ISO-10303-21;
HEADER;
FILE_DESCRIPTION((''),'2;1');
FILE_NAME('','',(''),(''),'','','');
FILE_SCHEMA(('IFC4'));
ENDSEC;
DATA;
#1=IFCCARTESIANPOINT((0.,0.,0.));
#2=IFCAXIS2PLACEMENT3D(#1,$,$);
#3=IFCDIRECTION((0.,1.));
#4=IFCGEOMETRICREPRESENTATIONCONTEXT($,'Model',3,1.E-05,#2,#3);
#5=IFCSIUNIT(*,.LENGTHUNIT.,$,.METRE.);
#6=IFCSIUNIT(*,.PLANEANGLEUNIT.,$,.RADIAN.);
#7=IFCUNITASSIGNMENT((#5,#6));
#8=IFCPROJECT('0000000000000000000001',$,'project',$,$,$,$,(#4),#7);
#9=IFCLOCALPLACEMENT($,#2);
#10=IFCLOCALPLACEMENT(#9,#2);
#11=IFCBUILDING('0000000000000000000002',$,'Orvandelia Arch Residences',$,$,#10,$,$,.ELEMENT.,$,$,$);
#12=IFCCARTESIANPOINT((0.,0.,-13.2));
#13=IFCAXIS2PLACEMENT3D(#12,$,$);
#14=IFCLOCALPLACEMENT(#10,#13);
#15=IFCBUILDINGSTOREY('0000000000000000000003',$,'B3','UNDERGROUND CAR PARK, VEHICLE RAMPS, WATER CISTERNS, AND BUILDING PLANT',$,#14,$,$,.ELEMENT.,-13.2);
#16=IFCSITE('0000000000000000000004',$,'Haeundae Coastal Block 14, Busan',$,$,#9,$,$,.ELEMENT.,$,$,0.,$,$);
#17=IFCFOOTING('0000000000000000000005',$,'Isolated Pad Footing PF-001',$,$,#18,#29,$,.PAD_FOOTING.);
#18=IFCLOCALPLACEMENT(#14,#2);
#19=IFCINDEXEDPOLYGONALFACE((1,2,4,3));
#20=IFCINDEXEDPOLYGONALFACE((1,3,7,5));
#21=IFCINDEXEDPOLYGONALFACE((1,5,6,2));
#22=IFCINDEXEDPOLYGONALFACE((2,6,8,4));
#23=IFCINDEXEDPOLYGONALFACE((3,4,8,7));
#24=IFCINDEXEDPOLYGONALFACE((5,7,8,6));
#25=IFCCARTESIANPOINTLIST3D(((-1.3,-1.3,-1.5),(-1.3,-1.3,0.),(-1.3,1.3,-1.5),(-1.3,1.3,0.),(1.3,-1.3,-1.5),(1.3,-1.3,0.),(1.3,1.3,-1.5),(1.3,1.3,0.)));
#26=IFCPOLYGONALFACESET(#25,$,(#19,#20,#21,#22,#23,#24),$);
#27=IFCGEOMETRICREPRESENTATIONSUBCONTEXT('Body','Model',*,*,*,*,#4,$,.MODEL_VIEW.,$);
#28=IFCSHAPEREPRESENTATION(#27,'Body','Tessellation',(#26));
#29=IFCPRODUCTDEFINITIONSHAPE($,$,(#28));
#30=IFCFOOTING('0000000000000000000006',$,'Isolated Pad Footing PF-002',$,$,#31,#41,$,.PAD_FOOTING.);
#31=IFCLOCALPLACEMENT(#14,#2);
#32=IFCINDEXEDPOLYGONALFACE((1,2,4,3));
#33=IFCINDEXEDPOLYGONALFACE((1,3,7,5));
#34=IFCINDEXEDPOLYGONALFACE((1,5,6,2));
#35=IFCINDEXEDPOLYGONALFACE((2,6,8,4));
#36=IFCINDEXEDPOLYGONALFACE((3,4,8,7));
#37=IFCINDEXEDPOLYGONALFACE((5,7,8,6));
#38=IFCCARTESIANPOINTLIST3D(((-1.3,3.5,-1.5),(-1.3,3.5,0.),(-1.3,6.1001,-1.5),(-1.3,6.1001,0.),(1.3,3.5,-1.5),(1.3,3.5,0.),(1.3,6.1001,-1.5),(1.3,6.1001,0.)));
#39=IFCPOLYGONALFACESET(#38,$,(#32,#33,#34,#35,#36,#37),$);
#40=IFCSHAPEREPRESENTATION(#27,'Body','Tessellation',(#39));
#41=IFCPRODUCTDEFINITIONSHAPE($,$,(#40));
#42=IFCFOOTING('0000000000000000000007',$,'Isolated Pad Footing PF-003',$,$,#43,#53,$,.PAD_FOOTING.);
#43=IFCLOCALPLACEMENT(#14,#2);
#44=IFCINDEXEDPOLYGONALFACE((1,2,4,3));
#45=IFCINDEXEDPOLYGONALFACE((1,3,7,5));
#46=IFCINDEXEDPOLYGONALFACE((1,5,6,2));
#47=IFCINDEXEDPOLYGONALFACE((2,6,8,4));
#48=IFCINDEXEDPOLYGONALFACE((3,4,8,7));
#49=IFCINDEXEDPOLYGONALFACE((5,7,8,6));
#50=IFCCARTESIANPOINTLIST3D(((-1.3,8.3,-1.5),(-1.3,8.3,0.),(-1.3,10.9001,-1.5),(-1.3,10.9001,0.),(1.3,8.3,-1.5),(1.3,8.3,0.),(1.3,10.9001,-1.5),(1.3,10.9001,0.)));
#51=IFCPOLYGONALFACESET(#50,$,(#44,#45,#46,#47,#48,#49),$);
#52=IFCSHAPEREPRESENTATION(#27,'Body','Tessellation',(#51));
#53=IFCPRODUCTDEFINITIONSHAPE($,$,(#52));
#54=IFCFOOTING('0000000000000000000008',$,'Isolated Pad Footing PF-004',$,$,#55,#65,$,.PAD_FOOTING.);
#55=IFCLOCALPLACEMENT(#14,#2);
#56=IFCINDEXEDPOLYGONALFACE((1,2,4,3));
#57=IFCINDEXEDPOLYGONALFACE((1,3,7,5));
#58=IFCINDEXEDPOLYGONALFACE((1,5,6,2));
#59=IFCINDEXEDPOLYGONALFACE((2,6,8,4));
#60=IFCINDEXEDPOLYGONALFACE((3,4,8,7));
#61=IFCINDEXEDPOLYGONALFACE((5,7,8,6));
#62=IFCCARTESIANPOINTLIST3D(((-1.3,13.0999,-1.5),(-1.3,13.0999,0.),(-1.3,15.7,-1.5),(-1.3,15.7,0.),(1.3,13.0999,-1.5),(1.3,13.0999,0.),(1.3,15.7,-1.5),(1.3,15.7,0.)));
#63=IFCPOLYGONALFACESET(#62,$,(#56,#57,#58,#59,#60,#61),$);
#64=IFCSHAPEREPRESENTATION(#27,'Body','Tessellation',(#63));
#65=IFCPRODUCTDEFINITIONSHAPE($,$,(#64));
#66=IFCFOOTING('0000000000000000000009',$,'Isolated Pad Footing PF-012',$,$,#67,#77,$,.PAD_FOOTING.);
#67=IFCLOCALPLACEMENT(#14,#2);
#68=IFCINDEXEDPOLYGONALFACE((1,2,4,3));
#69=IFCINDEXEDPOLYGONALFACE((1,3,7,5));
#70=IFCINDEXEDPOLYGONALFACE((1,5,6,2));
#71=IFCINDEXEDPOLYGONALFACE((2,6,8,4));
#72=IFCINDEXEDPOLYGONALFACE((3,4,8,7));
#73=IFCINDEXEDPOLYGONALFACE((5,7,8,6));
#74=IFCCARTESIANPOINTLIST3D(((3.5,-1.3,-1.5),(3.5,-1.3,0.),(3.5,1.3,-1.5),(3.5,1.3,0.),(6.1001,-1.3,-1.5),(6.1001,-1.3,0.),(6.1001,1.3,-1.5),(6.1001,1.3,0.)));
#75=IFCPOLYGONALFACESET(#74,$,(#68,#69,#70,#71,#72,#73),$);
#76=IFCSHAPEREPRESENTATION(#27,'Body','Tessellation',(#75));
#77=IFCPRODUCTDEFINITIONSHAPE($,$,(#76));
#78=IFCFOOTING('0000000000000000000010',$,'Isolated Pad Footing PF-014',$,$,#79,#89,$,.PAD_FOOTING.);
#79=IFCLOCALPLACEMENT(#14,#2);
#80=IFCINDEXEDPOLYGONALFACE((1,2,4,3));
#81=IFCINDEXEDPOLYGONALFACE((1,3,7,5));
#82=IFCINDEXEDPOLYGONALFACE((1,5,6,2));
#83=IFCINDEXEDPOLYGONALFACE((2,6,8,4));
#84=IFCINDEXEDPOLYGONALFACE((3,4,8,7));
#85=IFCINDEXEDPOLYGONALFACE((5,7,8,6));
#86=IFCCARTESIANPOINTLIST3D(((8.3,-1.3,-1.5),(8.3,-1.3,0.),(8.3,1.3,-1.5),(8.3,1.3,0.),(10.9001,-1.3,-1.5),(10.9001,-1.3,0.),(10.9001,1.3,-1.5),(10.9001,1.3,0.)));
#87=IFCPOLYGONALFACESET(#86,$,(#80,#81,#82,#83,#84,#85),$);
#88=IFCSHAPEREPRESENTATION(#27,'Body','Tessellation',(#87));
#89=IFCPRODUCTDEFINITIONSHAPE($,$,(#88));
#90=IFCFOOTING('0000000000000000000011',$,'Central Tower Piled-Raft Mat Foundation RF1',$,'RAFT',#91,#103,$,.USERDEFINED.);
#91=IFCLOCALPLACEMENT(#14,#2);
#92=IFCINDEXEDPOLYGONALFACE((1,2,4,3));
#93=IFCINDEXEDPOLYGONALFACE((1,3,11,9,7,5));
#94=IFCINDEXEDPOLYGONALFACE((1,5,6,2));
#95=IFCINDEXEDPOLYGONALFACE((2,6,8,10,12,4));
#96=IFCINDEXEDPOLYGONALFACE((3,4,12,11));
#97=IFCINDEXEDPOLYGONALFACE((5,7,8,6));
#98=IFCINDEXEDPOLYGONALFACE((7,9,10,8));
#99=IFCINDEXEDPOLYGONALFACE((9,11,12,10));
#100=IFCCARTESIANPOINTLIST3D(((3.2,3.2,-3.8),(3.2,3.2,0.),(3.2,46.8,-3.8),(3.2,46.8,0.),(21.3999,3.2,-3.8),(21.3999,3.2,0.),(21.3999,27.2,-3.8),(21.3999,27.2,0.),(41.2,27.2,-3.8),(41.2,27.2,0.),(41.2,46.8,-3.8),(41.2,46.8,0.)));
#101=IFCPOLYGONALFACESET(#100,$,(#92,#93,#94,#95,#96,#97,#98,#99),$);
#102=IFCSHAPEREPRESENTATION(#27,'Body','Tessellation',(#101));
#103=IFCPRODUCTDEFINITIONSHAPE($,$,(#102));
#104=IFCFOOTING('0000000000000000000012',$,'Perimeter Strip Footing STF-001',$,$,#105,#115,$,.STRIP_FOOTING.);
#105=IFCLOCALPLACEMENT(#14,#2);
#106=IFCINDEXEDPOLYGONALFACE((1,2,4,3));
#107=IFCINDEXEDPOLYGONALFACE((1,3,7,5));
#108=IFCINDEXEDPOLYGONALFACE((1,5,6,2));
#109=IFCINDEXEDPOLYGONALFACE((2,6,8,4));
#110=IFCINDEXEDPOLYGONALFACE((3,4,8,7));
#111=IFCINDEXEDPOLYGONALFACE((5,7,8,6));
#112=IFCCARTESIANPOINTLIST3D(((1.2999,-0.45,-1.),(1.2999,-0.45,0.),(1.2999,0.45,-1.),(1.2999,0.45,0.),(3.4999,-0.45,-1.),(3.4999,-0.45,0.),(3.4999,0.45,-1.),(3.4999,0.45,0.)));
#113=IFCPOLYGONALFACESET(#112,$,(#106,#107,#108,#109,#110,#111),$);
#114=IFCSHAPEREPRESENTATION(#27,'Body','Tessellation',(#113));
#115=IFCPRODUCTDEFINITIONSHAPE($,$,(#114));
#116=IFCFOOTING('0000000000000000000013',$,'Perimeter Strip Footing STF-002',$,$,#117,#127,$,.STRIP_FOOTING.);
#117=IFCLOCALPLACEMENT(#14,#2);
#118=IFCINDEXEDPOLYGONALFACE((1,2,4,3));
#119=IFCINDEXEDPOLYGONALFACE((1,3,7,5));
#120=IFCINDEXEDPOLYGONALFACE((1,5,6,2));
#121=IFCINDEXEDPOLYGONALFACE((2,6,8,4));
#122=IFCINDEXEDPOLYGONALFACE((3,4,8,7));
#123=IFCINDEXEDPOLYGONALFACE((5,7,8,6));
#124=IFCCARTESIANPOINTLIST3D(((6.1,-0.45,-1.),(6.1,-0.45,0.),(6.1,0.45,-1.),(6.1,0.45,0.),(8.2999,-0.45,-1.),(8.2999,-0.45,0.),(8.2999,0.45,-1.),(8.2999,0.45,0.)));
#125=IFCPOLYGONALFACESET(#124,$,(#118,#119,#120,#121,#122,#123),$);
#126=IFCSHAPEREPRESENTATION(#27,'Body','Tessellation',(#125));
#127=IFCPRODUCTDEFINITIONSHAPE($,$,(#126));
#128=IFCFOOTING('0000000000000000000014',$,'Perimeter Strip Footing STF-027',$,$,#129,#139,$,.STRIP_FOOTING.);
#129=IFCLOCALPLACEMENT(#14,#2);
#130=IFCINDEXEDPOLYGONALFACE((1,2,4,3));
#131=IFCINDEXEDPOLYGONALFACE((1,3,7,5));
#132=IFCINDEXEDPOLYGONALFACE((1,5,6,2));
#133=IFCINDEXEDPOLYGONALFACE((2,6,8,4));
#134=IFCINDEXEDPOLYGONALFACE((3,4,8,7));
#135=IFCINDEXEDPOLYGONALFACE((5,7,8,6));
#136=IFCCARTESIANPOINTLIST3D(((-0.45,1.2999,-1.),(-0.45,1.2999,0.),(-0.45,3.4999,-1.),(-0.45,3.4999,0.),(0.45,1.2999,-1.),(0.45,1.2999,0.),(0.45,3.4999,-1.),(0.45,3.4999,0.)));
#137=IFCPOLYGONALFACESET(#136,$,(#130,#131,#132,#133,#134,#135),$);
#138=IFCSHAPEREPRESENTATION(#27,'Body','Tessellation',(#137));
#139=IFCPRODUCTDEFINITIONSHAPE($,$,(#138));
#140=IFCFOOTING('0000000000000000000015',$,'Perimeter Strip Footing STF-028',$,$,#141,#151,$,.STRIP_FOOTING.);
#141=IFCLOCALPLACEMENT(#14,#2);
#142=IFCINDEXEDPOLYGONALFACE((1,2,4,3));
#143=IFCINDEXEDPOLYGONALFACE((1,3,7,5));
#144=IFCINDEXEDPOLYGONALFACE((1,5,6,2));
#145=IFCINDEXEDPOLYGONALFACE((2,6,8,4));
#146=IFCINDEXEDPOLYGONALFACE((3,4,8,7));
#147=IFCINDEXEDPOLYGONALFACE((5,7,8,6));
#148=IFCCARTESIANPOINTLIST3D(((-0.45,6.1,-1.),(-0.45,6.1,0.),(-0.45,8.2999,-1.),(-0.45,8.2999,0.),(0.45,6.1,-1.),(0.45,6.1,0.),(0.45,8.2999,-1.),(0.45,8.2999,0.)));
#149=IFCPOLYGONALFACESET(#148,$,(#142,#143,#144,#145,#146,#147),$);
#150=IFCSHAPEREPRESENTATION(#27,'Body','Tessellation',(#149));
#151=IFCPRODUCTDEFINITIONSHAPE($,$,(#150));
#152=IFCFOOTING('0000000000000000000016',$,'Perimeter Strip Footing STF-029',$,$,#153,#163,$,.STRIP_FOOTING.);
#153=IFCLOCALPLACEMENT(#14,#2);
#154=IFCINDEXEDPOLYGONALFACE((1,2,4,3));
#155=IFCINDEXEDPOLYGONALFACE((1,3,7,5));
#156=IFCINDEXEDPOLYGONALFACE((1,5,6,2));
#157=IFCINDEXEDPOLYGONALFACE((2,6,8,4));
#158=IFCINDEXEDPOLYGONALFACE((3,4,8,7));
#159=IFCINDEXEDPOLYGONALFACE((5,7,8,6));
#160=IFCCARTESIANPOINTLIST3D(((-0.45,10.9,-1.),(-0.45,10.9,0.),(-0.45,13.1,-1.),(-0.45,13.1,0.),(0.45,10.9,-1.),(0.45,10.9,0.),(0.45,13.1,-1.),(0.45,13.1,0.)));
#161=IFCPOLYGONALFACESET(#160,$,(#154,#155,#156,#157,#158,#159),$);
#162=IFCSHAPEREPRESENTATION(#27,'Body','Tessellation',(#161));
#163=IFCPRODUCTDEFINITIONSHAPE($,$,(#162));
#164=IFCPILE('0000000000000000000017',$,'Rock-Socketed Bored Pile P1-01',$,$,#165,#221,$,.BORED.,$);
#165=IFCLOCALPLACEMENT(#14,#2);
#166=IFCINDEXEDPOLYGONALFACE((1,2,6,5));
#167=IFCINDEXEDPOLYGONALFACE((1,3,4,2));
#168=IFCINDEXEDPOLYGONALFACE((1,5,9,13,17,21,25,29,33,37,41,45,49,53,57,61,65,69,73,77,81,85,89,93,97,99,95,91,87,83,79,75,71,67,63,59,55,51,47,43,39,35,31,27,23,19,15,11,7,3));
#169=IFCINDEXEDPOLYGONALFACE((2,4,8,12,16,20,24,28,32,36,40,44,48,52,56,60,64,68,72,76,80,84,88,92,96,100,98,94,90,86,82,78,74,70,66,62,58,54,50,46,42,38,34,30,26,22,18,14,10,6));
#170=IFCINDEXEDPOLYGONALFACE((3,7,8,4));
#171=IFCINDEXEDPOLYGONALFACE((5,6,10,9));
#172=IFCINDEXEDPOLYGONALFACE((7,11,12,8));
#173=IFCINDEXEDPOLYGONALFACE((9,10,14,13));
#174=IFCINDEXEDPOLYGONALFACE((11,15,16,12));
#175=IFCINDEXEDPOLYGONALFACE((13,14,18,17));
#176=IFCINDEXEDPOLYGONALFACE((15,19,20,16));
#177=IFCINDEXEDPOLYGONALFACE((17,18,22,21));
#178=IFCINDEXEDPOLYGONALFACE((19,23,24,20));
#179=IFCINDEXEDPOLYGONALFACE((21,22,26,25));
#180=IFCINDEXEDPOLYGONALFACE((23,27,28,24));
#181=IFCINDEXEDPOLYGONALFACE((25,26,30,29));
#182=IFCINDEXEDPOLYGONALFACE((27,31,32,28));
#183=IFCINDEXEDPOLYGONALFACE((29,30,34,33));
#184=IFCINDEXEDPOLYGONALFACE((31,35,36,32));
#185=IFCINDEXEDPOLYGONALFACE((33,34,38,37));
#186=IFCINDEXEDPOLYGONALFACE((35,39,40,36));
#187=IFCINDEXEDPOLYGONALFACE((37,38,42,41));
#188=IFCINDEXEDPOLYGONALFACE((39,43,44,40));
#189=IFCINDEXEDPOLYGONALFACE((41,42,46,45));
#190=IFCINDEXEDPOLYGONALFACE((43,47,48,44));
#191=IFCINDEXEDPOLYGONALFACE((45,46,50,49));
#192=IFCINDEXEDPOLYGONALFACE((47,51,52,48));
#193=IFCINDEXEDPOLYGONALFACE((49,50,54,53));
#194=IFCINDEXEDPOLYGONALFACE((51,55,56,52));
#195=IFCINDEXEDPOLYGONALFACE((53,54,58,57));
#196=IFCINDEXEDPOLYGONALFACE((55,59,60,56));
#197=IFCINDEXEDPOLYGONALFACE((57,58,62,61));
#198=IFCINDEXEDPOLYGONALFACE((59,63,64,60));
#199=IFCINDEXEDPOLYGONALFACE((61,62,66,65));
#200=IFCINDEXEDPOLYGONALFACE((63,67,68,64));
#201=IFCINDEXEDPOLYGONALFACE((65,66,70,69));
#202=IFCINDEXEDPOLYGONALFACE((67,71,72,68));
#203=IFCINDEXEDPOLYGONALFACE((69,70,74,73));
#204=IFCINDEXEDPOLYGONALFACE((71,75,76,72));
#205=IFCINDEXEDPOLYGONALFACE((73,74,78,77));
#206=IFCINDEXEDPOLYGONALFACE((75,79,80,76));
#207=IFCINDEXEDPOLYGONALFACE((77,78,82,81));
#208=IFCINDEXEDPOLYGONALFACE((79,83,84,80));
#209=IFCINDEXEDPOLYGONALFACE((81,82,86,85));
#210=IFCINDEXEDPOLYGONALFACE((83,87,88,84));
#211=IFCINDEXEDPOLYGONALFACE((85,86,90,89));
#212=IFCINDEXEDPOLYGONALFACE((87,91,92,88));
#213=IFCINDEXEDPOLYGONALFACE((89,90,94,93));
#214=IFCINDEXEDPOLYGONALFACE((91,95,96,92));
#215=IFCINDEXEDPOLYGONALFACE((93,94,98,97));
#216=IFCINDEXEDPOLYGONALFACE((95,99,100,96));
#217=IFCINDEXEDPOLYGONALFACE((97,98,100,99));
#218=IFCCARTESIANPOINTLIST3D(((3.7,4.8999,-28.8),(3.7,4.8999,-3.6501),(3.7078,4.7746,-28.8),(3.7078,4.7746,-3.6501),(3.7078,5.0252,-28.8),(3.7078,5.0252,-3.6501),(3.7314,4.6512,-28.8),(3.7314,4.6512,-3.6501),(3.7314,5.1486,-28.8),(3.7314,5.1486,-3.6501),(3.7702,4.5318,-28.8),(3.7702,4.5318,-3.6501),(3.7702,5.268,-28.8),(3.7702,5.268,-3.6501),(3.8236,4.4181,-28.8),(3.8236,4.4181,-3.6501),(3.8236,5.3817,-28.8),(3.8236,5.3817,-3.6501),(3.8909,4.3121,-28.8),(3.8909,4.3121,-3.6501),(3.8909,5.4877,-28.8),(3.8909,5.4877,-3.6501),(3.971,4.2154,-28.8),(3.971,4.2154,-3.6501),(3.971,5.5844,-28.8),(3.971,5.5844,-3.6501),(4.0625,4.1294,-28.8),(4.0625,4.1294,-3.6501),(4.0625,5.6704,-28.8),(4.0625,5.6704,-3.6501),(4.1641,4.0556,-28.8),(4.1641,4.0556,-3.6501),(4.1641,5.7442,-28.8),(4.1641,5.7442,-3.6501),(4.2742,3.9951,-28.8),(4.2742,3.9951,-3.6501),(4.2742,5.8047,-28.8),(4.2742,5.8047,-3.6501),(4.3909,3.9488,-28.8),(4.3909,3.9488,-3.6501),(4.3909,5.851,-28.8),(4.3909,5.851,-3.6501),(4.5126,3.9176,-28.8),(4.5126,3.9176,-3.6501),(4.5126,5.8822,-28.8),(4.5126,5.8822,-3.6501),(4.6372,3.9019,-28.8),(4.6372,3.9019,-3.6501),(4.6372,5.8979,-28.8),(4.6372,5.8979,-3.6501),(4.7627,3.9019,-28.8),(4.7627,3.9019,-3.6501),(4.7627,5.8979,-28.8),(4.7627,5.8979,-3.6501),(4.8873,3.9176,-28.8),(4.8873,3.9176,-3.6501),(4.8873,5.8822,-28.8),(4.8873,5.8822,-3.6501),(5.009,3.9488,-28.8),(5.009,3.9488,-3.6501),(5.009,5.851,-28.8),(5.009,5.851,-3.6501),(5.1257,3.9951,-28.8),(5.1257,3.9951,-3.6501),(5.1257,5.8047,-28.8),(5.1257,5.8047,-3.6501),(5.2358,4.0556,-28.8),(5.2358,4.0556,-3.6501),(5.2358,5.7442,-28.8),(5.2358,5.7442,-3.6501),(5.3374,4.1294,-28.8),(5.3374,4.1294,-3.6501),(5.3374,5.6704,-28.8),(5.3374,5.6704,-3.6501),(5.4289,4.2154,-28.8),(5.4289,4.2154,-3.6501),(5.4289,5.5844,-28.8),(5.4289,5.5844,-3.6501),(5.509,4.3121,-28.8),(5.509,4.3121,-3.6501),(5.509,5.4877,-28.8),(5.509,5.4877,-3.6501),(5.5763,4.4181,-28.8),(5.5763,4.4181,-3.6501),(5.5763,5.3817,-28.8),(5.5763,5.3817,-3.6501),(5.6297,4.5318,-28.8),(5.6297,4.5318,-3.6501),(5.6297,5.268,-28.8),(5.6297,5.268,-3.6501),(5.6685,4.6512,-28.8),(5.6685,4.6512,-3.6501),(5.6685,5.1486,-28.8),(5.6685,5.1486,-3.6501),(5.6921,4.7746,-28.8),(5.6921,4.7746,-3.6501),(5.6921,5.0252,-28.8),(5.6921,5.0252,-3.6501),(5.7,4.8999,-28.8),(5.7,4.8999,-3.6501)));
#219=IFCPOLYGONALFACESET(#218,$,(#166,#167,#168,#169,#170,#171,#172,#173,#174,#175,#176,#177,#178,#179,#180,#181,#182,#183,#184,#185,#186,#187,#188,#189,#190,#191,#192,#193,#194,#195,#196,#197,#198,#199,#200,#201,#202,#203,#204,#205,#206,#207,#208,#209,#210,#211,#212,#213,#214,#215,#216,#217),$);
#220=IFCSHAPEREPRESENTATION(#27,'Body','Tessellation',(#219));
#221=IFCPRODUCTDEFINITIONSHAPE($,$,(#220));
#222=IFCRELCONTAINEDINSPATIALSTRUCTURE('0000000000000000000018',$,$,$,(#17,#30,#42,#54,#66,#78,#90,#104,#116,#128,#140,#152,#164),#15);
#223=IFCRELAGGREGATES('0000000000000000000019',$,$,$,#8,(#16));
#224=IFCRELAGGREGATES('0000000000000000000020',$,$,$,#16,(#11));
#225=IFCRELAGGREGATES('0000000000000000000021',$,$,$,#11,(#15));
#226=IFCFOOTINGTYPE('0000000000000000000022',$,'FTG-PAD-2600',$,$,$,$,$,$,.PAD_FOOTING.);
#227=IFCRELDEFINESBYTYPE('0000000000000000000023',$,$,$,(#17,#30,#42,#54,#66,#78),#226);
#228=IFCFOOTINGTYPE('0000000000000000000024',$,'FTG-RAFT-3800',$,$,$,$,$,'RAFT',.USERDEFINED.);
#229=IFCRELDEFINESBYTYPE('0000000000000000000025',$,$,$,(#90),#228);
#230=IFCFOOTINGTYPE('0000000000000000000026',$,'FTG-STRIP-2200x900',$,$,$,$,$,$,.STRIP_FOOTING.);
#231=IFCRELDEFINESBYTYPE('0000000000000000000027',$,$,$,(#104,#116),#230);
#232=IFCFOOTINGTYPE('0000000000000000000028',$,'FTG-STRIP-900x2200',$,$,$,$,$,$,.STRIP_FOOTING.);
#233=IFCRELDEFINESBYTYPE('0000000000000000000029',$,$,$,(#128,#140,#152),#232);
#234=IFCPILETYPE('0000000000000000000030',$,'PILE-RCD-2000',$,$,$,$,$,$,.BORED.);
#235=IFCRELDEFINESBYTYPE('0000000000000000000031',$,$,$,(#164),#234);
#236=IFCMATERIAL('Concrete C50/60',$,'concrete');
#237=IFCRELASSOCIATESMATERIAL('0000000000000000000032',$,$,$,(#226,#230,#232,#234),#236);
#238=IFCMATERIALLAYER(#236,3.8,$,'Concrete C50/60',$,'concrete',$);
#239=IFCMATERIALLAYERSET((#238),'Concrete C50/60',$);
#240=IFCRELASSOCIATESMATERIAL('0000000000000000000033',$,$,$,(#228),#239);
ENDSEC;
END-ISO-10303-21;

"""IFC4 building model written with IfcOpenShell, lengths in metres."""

from ifc_helpers import new_model, si_unit, direction, frame, origin, origin_2d, place, context, subcontext, project, spatial, polyline, rectangle, circle, outline, extrude, material, layer, layer_set, material_profile, profile_set, type_object, element, save


model = new_model("IFC4")

# Units and contexts
model_context = context("Model", 3, precision=1e-05, world=origin(), true_north=direction((0.0, 1.0)))
body_context = subcontext(model_context, "Body", "Model", "MODEL_VIEW")
ifc_project = project(units=[si_unit("LENGTHUNIT", "METRE"), si_unit("PLANEANGLEUNIT", "RADIAN")], contexts=[model_context])

# Site, building, storey
site_placement = place(None, origin())
site = spatial("IfcSite", under=ifc_project, at=site_placement, Name="Haeundae Coastal Block 14, Busan", CompositionType="ELEMENT", RefElevation=0.0)
building_placement = place(site_placement, origin())
building = spatial("IfcBuilding", under=site, at=building_placement, Name="Orvandelia Arch Residences", CompositionType="ELEMENT")
storey_placement = place(building_placement, frame((0.0, 0.0, -13.2)))
storey = spatial("IfcBuildingStorey", under=building, at=storey_placement, Name="B3", Description="UNDERGROUND CAR PARK, VEHICLE RAMPS, WATER CISTERNS, AND BUILDING PLANT", CompositionType="ELEMENT", Elevation=-13.2)

# Footings
ifc_material_1 = material(Name="Concrete C50/60", Category="concrete")
footing_type_1 = type_object("IfcFootingType", Name="FTG-PAD-2600", PredefinedType="PAD_FOOTING", material=ifc_material_1)
for number, where, z_axis, x_axis, name in (
    (1, (0.0, 0.0, -1.5), (0.0, 0.0, 1.0), (1.0, 0.0, 0.0), "Isolated Pad Footing PF-001"),
    (2, (0.0, 4.8, -1.5), (0.0, 0.0, 1.0), (1.0, 0.0, 0.0), "Isolated Pad Footing PF-002"),
    (3, (0.0, 9.6001, -1.5), (0.0, 0.0, 1.0), (1.0, 0.0, 0.0), "Isolated Pad Footing PF-003"),
    (4, (0.0, 14.3999, -1.5), (0.0, 0.0, 1.0), (1.0, 0.0, 0.0), "Isolated Pad Footing PF-004"),
    (5, (4.8, 0.0, -1.5), (0.0, 0.0, 1.0), (1.0, 0.0, 0.0), "Isolated Pad Footing PF-012"),
    (6, (9.6001, 0.0, -1.5), (0.0, 0.0, 1.0), (1.0, 0.0, 0.0), "Isolated Pad Footing PF-014"),
):
    element("IfcFooting", number, at=place(storey_placement, frame(where, z_axis=z_axis, x_axis=x_axis)), inside=storey, type_object=footing_type_1, Name=name, PredefinedType="PAD_FOOTING", context=body_context, shape_type="SweptSolid", body=[
        extrude(rectangle(XDim=2.6001, YDim=2.6001, at=origin_2d()), origin(), (0.0, 0.0, 1.0), 1.5),
    ])
ifc_layer_1 = layer(ifc_material_1, 3.8, Name="Concrete C50/60", Category="concrete")
ifc_layer_set_1 = layer_set([ifc_layer_1], Name="Concrete C50/60")
footing_type_2 = type_object("IfcFootingType", Name="FTG-RAFT-3800", ElementType="RAFT", PredefinedType="USERDEFINED", material=ifc_layer_set_1)
footing_placement = place(storey_placement, frame((0.0, 0.0, -3.8)))
element("IfcFooting", 7, at=footing_placement, inside=storey, type_object=footing_type_2, Name="Central Tower Piled-Raft Mat Foundation RF1", ObjectType="RAFT", PredefinedType="USERDEFINED", context=body_context, shape_type="SweptSolid", body=[
    extrude(outline(polyline([(3.2, 3.2), (21.3999, 3.2), (21.3999, 27.2), (41.2, 27.2), (41.2, 46.8), (3.2, 46.8), (3.2, 3.2)])), origin(), (0.0, 0.0, 1.0), 3.8),
])
footing_type_3 = type_object("IfcFootingType", Name="FTG-STRIP-2200x900", PredefinedType="STRIP_FOOTING", material=ifc_material_1)
for number, where, z_axis, x_axis, name in (
    (8, (2.3999, 0.0, -1.0), (0.0, 0.0, 1.0), (1.0, 0.0, 0.0), "Perimeter Strip Footing STF-001"),
    (9, (7.2, 0.0, -1.0), (0.0, 0.0, 1.0), (1.0, 0.0, 0.0), "Perimeter Strip Footing STF-002"),
):
    element("IfcFooting", number, at=place(storey_placement, frame(where, z_axis=z_axis, x_axis=x_axis)), inside=storey, type_object=footing_type_3, Name=name, PredefinedType="STRIP_FOOTING", context=body_context, shape_type="SweptSolid", body=[
        extrude(rectangle(XDim=2.2, YDim=0.8999, at=origin_2d()), origin(), (0.0, 0.0, 1.0), 1.0),
    ])
footing_type_4 = type_object("IfcFootingType", Name="FTG-STRIP-900x2200", PredefinedType="STRIP_FOOTING", material=ifc_material_1)
for number, where, z_axis, x_axis, name in (
    (10, (0.0, 2.3999, -1.0), (0.0, 0.0, 1.0), (1.0, 0.0, 0.0), "Perimeter Strip Footing STF-027"),
    (11, (0.0, 7.2, -1.0), (0.0, 0.0, 1.0), (1.0, 0.0, 0.0), "Perimeter Strip Footing STF-028"),
    (12, (0.0, 12.0, -1.0), (0.0, 0.0, 1.0), (1.0, 0.0, 0.0), "Perimeter Strip Footing STF-029"),
):
    element("IfcFooting", number, at=place(storey_placement, frame(where, z_axis=z_axis, x_axis=x_axis)), inside=storey, type_object=footing_type_4, Name=name, PredefinedType="STRIP_FOOTING", context=body_context, shape_type="SweptSolid", body=[
        extrude(rectangle(XDim=0.8999, YDim=2.2, at=origin_2d()), origin(), (0.0, 0.0, 1.0), 1.0),
    ])

# Pile
ifc_material_profile_1 = material_profile(ifc_material_1, circle(Radius=1.0, at=origin_2d()), Name="Concrete C50/60", Category="concrete")
ifc_profile_set_1 = profile_set([ifc_material_profile_1], Name="Concrete C50/60")
pile_type = type_object("IfcPileType", Name="PILE-RCD-2000", PredefinedType="BORED", material=ifc_profile_set_1)
for number, where, z_axis, x_axis, name in (
    (13, (4.7, 4.8999, -3.6501), (0.0, 0.0, -1.0), (1.0, 0.0, 0.0), "Rock-Socketed Bored Pile P1-01"),
):
    element("IfcPile", number, at=place(storey_placement, frame(where, z_axis=z_axis, x_axis=x_axis)), inside=storey, type_object=pile_type, Name=name, PredefinedType="BORED", context=body_context, shape_type="SweptSolid", body=[
        extrude(circle(Radius=1.0, at=origin_2d()), origin(), (0.0, 0.0, 1.0), 25.1499),
    ])

save(model, "model.ifc")
